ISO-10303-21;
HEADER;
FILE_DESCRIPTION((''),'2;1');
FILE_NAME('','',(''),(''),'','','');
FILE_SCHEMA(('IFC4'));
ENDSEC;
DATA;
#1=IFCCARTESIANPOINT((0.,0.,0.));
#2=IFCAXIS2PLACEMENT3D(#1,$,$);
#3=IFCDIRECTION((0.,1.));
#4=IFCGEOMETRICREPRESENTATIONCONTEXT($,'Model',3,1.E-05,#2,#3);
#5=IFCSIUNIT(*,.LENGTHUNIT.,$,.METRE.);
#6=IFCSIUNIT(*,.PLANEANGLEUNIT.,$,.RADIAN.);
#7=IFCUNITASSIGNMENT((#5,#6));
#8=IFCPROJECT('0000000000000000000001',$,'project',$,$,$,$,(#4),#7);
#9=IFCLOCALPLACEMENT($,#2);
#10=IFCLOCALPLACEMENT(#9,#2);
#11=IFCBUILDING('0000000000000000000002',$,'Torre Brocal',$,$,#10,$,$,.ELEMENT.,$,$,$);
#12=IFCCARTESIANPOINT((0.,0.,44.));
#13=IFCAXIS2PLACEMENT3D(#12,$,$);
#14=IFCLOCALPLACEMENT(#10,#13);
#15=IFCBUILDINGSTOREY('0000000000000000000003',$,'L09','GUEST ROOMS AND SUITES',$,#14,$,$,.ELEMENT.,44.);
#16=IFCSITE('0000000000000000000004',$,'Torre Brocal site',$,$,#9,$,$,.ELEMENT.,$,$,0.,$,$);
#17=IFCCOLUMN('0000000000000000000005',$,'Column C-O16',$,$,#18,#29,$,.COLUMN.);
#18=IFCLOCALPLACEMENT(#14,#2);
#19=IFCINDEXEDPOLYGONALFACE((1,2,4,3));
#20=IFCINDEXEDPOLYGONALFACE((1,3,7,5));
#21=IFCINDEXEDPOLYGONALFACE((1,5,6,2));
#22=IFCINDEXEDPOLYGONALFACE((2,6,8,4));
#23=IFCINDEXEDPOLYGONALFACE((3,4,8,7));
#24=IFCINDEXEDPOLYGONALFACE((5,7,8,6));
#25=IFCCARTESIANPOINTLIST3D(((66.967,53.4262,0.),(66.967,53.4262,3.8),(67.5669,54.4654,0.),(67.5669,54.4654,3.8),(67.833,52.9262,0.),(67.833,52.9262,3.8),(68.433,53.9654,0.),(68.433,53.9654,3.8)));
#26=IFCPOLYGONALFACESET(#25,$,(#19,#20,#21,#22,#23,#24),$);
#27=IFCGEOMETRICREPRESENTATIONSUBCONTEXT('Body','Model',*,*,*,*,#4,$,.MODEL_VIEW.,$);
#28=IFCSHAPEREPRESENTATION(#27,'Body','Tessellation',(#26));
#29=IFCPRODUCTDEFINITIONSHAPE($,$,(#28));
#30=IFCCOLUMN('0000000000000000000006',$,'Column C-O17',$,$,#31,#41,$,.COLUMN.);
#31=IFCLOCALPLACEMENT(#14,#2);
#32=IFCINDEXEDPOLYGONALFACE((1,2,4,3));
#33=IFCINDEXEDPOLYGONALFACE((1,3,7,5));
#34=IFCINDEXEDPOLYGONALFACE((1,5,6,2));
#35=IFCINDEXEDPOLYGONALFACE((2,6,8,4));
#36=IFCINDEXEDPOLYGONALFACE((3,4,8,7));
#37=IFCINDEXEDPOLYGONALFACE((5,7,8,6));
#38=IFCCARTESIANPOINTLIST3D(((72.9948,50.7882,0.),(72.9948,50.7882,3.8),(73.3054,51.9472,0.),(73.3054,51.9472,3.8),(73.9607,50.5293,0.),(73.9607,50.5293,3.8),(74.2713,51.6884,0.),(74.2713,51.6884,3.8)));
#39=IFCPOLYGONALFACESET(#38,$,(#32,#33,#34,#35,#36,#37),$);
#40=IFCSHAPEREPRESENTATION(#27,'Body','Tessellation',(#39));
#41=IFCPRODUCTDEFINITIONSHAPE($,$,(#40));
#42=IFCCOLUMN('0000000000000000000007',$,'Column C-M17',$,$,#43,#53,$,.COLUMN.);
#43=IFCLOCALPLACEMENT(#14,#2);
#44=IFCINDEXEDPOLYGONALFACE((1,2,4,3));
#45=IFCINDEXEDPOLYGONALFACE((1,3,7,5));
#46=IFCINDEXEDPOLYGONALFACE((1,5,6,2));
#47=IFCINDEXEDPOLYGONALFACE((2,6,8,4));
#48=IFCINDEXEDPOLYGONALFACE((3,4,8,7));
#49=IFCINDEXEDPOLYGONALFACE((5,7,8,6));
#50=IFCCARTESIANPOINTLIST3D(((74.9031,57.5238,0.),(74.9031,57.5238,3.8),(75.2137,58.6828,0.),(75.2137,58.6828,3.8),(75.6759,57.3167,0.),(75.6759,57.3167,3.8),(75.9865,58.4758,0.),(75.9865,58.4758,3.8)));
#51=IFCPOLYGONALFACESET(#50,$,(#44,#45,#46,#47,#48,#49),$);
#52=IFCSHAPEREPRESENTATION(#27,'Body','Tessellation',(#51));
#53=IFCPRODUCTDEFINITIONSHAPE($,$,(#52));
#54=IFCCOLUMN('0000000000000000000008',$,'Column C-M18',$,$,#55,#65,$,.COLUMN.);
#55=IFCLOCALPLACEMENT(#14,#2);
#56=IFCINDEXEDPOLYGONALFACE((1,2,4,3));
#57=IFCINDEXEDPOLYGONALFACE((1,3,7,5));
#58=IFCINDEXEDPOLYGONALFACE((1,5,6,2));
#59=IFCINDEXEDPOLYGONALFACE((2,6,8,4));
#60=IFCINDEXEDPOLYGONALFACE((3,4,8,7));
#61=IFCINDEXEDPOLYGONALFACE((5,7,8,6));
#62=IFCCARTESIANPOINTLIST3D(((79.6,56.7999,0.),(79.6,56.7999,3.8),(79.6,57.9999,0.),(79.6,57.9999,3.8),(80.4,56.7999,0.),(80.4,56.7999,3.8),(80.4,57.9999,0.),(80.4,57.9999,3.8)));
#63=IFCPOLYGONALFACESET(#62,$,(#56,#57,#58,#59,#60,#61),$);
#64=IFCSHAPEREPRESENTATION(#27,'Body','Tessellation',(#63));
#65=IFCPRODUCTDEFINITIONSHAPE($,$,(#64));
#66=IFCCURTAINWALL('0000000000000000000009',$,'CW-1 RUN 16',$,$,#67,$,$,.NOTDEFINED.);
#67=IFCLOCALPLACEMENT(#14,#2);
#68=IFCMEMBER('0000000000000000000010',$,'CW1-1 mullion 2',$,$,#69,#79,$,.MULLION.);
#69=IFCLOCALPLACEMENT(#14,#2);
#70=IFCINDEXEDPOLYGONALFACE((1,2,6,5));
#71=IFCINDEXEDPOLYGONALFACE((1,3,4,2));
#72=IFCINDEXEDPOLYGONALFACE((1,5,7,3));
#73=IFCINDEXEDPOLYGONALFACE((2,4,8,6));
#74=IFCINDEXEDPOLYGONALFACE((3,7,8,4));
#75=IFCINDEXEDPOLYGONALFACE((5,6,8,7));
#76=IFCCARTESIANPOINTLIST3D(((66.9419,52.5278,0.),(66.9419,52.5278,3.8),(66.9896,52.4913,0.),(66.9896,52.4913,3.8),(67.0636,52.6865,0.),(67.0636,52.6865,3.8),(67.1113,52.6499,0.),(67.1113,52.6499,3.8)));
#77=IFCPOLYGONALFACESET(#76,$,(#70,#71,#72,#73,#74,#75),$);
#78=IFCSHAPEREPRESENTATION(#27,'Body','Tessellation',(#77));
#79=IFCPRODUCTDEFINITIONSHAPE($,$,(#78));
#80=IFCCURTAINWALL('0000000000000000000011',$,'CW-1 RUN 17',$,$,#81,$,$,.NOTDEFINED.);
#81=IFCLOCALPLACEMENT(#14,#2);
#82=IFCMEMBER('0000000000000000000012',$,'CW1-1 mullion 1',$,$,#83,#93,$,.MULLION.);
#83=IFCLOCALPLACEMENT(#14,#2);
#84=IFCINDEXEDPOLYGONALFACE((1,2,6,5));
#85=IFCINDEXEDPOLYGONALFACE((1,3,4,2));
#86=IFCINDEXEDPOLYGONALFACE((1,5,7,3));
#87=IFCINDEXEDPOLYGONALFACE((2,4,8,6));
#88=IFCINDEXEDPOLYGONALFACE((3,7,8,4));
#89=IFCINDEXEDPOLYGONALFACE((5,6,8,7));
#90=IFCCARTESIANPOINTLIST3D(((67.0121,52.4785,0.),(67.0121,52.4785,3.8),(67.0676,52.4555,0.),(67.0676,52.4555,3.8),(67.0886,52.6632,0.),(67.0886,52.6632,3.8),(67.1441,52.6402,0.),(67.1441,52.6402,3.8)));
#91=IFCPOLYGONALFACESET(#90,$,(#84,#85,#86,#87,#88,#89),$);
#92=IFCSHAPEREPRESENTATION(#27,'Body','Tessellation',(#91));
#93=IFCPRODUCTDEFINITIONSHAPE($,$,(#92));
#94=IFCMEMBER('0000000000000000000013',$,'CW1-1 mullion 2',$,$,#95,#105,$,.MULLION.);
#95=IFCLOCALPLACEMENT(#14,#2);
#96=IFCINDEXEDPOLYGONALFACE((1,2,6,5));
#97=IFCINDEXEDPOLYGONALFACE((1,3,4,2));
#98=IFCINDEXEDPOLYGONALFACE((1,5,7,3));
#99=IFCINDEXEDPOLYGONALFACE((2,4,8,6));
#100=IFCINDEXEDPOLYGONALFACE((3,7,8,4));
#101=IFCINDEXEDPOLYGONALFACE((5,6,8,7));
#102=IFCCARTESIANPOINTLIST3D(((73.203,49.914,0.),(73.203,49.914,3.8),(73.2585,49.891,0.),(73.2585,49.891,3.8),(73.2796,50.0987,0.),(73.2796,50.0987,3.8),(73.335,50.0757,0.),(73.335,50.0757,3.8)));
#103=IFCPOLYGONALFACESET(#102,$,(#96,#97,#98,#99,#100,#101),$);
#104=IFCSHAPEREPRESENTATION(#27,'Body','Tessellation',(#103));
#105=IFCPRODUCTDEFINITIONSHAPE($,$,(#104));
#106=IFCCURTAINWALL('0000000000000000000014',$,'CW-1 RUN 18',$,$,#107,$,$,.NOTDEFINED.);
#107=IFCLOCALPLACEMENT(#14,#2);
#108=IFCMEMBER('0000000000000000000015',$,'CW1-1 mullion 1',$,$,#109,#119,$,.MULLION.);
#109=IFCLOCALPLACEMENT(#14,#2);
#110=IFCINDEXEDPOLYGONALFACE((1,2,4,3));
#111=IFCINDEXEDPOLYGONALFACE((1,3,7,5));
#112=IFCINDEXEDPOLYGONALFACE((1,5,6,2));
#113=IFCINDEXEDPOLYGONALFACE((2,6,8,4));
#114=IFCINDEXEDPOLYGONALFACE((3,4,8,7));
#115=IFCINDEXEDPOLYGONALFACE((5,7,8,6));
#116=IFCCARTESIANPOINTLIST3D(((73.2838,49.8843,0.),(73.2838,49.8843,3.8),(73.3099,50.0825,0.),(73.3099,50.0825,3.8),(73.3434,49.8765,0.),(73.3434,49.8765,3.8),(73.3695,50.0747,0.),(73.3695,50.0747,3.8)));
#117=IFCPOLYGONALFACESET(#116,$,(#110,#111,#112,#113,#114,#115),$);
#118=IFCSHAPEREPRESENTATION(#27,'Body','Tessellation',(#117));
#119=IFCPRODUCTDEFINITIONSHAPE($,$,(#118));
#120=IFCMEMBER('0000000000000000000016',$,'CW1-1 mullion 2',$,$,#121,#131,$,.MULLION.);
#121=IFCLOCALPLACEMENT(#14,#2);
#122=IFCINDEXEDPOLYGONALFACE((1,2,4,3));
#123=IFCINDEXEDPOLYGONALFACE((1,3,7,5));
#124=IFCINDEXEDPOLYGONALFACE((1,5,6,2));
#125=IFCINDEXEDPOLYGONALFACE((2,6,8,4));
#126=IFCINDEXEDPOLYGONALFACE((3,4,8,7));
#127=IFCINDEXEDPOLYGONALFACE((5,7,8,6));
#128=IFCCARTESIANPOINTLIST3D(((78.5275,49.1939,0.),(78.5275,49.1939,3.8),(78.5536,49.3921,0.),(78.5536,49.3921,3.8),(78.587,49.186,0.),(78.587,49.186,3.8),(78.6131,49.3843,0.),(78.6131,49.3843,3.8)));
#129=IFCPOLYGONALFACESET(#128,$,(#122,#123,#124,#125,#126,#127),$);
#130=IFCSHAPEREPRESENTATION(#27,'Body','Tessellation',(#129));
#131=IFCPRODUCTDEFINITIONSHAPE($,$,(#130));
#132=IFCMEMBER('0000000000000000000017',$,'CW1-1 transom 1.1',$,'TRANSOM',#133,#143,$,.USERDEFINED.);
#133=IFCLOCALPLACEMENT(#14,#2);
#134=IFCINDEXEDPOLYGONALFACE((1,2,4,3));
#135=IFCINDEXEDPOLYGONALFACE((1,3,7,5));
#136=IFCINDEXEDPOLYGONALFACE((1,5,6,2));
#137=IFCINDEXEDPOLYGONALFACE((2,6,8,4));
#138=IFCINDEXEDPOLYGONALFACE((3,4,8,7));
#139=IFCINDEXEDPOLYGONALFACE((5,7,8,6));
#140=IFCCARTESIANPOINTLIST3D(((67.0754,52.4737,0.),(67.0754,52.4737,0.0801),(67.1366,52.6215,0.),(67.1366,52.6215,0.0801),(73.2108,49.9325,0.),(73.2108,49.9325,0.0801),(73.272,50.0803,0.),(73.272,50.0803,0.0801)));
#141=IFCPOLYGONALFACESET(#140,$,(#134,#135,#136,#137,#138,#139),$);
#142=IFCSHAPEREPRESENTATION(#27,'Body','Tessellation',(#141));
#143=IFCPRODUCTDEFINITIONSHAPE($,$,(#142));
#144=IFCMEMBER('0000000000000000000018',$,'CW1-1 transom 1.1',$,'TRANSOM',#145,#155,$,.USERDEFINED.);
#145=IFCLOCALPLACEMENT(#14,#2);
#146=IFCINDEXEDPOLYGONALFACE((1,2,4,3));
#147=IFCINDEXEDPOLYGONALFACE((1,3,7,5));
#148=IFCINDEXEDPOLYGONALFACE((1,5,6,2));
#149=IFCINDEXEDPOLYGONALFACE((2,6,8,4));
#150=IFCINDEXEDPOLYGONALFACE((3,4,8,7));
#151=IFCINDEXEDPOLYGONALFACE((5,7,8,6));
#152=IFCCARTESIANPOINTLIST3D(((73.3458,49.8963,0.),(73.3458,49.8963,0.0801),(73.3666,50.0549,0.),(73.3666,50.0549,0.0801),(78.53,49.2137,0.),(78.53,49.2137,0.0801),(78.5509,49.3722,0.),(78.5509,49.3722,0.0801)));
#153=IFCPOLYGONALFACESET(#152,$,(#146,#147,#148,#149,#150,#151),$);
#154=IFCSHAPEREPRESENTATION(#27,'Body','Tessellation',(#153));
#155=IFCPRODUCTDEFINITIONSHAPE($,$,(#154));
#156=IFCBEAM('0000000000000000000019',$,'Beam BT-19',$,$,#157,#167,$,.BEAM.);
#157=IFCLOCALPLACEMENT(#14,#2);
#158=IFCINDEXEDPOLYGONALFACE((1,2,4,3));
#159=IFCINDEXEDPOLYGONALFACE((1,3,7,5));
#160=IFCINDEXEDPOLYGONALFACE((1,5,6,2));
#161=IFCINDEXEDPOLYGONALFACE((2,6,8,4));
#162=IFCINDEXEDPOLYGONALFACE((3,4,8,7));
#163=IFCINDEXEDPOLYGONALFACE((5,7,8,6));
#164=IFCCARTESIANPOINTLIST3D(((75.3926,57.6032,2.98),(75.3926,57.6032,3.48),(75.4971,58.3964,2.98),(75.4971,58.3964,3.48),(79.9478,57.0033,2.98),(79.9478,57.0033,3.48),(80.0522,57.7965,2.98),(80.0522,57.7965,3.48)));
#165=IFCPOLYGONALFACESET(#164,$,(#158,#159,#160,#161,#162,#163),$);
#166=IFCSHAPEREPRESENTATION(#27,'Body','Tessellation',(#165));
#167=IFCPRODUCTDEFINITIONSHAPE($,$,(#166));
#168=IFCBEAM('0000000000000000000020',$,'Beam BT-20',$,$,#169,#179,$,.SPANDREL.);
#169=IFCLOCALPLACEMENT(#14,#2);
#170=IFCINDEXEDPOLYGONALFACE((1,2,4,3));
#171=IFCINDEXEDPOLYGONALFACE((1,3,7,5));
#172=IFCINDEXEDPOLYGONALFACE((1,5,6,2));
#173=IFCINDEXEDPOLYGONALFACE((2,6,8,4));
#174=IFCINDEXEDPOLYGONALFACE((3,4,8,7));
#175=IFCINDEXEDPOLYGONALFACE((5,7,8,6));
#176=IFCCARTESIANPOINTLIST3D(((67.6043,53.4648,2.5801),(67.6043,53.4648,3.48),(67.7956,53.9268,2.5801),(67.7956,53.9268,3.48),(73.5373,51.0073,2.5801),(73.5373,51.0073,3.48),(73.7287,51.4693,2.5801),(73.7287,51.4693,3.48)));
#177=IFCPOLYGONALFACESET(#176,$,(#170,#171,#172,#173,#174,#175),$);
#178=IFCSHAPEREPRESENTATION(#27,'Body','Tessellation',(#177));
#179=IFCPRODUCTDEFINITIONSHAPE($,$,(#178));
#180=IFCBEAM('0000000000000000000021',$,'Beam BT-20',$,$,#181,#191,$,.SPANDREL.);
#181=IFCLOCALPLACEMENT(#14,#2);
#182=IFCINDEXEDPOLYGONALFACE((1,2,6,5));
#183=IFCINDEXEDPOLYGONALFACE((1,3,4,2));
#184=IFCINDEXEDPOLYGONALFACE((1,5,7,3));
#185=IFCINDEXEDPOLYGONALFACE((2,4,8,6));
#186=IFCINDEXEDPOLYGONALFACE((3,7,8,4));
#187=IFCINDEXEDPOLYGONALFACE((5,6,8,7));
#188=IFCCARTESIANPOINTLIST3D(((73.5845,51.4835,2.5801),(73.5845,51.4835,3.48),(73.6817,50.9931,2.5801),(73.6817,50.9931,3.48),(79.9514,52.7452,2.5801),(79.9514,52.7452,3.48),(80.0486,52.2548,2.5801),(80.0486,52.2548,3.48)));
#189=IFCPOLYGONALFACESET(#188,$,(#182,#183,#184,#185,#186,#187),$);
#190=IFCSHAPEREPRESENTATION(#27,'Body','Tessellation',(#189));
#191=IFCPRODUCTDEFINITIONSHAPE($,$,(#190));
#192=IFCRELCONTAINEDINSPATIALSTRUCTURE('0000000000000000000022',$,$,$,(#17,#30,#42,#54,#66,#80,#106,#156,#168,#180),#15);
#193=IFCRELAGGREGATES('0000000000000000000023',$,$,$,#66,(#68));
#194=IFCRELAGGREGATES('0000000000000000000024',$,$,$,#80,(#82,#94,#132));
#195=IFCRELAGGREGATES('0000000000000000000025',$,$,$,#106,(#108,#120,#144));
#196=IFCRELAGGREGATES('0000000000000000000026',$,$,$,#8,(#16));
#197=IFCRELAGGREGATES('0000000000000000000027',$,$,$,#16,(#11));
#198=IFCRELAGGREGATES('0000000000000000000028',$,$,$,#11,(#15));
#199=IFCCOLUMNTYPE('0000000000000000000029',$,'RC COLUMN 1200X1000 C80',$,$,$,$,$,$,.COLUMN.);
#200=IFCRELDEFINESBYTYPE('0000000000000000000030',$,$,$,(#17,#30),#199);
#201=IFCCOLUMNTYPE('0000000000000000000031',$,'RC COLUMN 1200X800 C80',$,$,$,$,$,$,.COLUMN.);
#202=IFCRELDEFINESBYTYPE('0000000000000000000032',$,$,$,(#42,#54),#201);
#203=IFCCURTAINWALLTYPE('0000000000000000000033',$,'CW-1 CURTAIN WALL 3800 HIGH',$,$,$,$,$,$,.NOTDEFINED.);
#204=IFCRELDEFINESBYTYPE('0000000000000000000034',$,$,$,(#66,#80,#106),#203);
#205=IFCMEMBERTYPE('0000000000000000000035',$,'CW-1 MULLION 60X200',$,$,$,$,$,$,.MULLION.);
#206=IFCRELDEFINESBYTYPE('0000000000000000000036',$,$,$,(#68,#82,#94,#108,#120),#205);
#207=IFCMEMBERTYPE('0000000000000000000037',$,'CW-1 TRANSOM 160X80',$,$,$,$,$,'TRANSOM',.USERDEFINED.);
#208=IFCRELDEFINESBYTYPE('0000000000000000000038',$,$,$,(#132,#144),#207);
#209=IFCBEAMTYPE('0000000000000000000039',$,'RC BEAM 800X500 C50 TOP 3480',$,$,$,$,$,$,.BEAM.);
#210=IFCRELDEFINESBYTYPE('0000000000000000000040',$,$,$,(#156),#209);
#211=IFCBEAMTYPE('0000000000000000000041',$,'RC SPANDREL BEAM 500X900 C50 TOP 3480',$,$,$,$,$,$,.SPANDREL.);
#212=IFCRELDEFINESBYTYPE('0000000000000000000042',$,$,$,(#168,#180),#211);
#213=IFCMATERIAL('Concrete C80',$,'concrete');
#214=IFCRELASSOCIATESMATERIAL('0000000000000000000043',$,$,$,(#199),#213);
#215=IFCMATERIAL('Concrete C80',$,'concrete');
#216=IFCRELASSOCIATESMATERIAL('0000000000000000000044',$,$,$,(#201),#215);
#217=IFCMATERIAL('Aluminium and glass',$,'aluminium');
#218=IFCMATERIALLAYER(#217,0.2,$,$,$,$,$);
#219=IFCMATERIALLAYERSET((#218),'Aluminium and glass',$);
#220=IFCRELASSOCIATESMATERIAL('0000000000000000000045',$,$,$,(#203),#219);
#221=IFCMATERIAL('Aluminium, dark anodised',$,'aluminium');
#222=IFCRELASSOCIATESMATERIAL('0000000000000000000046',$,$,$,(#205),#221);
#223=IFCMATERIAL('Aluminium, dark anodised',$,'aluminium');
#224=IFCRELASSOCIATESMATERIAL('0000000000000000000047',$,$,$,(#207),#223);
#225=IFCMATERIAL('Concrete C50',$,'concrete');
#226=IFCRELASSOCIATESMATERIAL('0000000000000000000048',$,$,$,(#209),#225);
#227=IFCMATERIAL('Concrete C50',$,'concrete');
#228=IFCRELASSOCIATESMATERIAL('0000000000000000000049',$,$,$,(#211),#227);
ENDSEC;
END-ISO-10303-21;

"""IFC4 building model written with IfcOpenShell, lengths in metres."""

from ifc_helpers import new_model, si_unit, direction, frame, origin, origin_2d, place, context, subcontext, project, spatial, rectangle, extrude, material, layer, layer_set, material_profile, profile_set, type_object, element, aggregate, save


model = new_model("IFC4")

# Units and contexts
model_context = context("Model", 3, precision=1e-05, world=origin(), true_north=direction((0.0, 1.0)))
body_context = subcontext(model_context, "Body", "Model", "MODEL_VIEW")
ifc_project = project(units=[si_unit("LENGTHUNIT", "METRE"), si_unit("PLANEANGLEUNIT", "RADIAN")], contexts=[model_context])

# Site, building, storey
site_placement = place(None, origin())
site = spatial("IfcSite", under=ifc_project, at=site_placement, Name="Torre Brocal site", CompositionType="ELEMENT", RefElevation=0.0)
building_placement = place(site_placement, origin())
building = spatial("IfcBuilding", under=site, at=building_placement, Name="Torre Brocal", CompositionType="ELEMENT")
storey_placement = place(building_placement, frame((0.0, 0.0, 44.0)))
storey = spatial("IfcBuildingStorey", under=building, at=storey_placement, Name="L09", Description="GUEST ROOMS AND SUITES", CompositionType="ELEMENT", Elevation=44.0)

# Columns
ifc_material_1 = material(Name="Concrete C80", Category="concrete")
ifc_material_profile_1 = material_profile(ifc_material_1, rectangle(XDim=1.2, YDim=1.0, at=origin_2d()), Name="RC 1200X1000")
ifc_profile_set_1 = profile_set([ifc_material_profile_1], Name="Concrete C80")
column_type_1 = type_object("IfcColumnType", Name="RC COLUMN 1200X1000 C80", PredefinedType="COLUMN", material=ifc_profile_set_1)
for number, where, z_axis, x_axis, name in (
    (1, (67.7, 53.6958, 0.0), (0.0, 0.0, 1.0), (-0.5, -0.866025, 0.0), "Column C-O16"),
    (2, (73.6331, 51.2383, 0.0), (0.0, 0.0, 1.0), (-0.258819, -0.965926, 0.0), "Column C-O17"),
):
    element("IfcColumn", number, at=place(storey_placement, frame(where, z_axis=z_axis, x_axis=x_axis)), inside=storey, type_object=column_type_1, Name=name, PredefinedType="COLUMN", context=body_context, shape_type="SweptSolid", body=[
        extrude(rectangle(XDim=1.2, YDim=1.0, at=origin_2d()), origin(), (0.0, 0.0, 1.0), 3.8),
    ])
ifc_material_2 = material(Name="Concrete C80", Category="concrete")
ifc_material_profile_2 = material_profile(ifc_material_2, rectangle(XDim=1.2, YDim=0.8, at=origin_2d()), Name="RC 1200X800")
ifc_profile_set_2 = profile_set([ifc_material_profile_2], Name="Concrete C80")
column_type_2 = type_object("IfcColumnType", Name="RC COLUMN 1200X800 C80", PredefinedType="COLUMN", material=ifc_profile_set_2)
for number, where, z_axis, x_axis, name in (
    (3, (75.4448, 57.9998, 0.0), (0.0, 0.0, 1.0), (-0.258819, -0.965926, 0.0), "Column C-M17"),
    (4, (80.0, 57.3999, 0.0), (0.0, 0.0, 1.0), (0.0, -1.0, 0.0), "Column C-M18"),
):
    element("IfcColumn", number, at=place(storey_placement, frame(where, z_axis=z_axis, x_axis=x_axis)), inside=storey, type_object=column_type_2, Name=name, PredefinedType="COLUMN", context=body_context, shape_type="SweptSolid", body=[
        extrude(rectangle(XDim=1.2, YDim=0.8, at=origin_2d()), origin(), (0.0, 0.0, 1.0), 3.8),
    ])

# Curtain wall, member
ifc_material_3 = material(Name="Aluminium and glass", Category="aluminium")
ifc_layer_1 = layer(ifc_material_3, 0.2)
ifc_layer_set_1 = layer_set([ifc_layer_1], Name="Aluminium and glass")
curtain_wall_type = type_object("IfcCurtainWallType", Name="CW-1 CURTAIN WALL 3800 HIGH", PredefinedType="NOTDEFINED", material=ifc_layer_set_1)
curtain_wall_1_placement = place(storey_placement, origin())
curtain_wall_1 = element("IfcCurtainWall", 5, at=curtain_wall_1_placement, inside=storey, type_object=curtain_wall_type, Name="CW-1 RUN 16", PredefinedType="NOTDEFINED")
ifc_material_4 = material(Name="Aluminium, dark anodised", Category="aluminium")
ifc_material_profile_3 = material_profile(ifc_material_4, rectangle(XDim=0.2, YDim=0.0601, at=origin_2d()), Name="CW-1 MULLION 60X200")
ifc_profile_set_3 = profile_set([ifc_material_profile_3], Name="Aluminium, dark anodised")
member_type_1 = type_object("IfcMemberType", Name="CW-1 MULLION 60X200", PredefinedType="MULLION", material=ifc_profile_set_3)
member_1_placement = place(storey_placement, frame((67.0266, 52.5889, 0.0), z_axis=(0.0, 0.0, 1.0), x_axis=(0.608761, 0.793353, 0.0)))
member_1 = element("IfcMember", 6, at=member_1_placement, type_object=member_type_1, Name="CW1-1 mullion 2", PredefinedType="MULLION", context=body_context, shape_type="SweptSolid", body=[
    extrude(rectangle(XDim=0.2, YDim=0.0601, at=origin_2d()), origin(), (0.0, 0.0, 1.0), 3.8),
])
aggregate(curtain_wall_1, [member_1])

# Curtain walls, members
curtain_wall_2_placement = place(storey_placement, origin())
curtain_wall_2 = element("IfcCurtainWall", 7, at=curtain_wall_2_placement, inside=storey, type_object=curtain_wall_type, Name="CW-1 RUN 17", PredefinedType="NOTDEFINED")
member_2_placement = place(storey_placement, frame((67.0781, 52.5593, 0.0), z_axis=(0.0, 0.0, 1.0), x_axis=(0.382683, 0.92388, 0.0)))
member_2 = element("IfcMember", 8, at=member_2_placement, type_object=member_type_1, Name="CW1-1 mullion 1", PredefinedType="MULLION", context=body_context, shape_type="SweptSolid", body=[
    extrude(rectangle(XDim=0.2, YDim=0.0601, at=origin_2d()), origin(), (0.0, 0.0, 1.0), 3.8),
])
member_3_placement = place(storey_placement, frame((73.269, 49.9949, 0.0), z_axis=(0.0, 0.0, 1.0), x_axis=(0.382683, 0.92388, 0.0)))
member_3 = element("IfcMember", 9, at=member_3_placement, type_object=member_type_1, Name="CW1-1 mullion 2", PredefinedType="MULLION", context=body_context, shape_type="SweptSolid", body=[
    extrude(rectangle(XDim=0.2, YDim=0.0601, at=origin_2d()), origin(), (0.0, 0.0, 1.0), 3.8),
])
curtain_wall_3_placement = place(storey_placement, origin())
curtain_wall_3 = element("IfcCurtainWall", 10, at=curtain_wall_3_placement, inside=storey, type_object=curtain_wall_type, Name="CW-1 RUN 18", PredefinedType="NOTDEFINED")
member_4_placement = place(storey_placement, frame((73.3267, 49.9795, 0.0), z_axis=(0.0, 0.0, 1.0), x_axis=(0.130526, 0.991445, 0.0)))
member_4 = element("IfcMember", 11, at=member_4_placement, type_object=member_type_1, Name="CW1-1 mullion 1", PredefinedType="MULLION", context=body_context, shape_type="SweptSolid", body=[
    extrude(rectangle(XDim=0.2, YDim=0.0601, at=origin_2d()), origin(), (0.0, 0.0, 1.0), 3.8),
])
member_5_placement = place(storey_placement, frame((78.5703, 49.2891, 0.0), z_axis=(0.0, 0.0, 1.0), x_axis=(0.130526, 0.991445, 0.0)))
member_5 = element("IfcMember", 12, at=member_5_placement, type_object=member_type_1, Name="CW1-1 mullion 2", PredefinedType="MULLION", context=body_context, shape_type="SweptSolid", body=[
    extrude(rectangle(XDim=0.2, YDim=0.0601, at=origin_2d()), origin(), (0.0, 0.0, 1.0), 3.8),
])

# Members
ifc_material_5 = material(Name="Aluminium, dark anodised", Category="aluminium")
ifc_material_profile_4 = material_profile(ifc_material_5, rectangle(XDim=0.1599, YDim=0.0801, at=origin_2d()), Name="CW-1 TRANSOM 160X80")
ifc_profile_set_4 = profile_set([ifc_material_profile_4], Name="Aluminium, dark anodised")
member_type_2 = type_object("IfcMemberType", Name="CW-1 TRANSOM 160X80", ElementType="TRANSOM", PredefinedType="USERDEFINED", material=ifc_profile_set_4)
member_6_placement = place(storey_placement, frame((67.106, 52.5476, 0.04), z_axis=(0.923887, -0.382665, 0.0), x_axis=(0.382665, 0.923887, 0.0)))
member_6 = element("IfcMember", 13, at=member_6_placement, type_object=member_type_2, Name="CW1-1 transom 1.1", ObjectType="TRANSOM", PredefinedType="USERDEFINED", context=body_context, shape_type="SweptSolid", body=[
    extrude(rectangle(XDim=0.1599, YDim=0.0801, at=origin_2d()), origin(), (0.0, 0.0, 1.0), 6.6409),
])
member_7_placement = place(storey_placement, frame((73.3562, 49.9756, 0.04), z_axis=(0.991443, -0.130543, 0.0), x_axis=(0.130543, 0.991443, 0.0)))
member_7 = element("IfcMember", 14, at=member_7_placement, type_object=member_type_2, Name="CW1-1 transom 1.1", ObjectType="TRANSOM", PredefinedType="USERDEFINED", context=body_context, shape_type="SweptSolid", body=[
    extrude(rectangle(XDim=0.1599, YDim=0.0801, at=origin_2d()), origin(), (0.0, 0.0, 1.0), 5.229),
])

# Beams
ifc_material_6 = material(Name="Concrete C50", Category="concrete")
ifc_material_profile_5 = material_profile(ifc_material_6, rectangle(XDim=0.8, YDim=0.5, at=origin_2d()), Name="RC 800X500")
ifc_profile_set_5 = profile_set([ifc_material_profile_5], Name="Concrete C50")
beam_type_1 = type_object("IfcBeamType", Name="RC BEAM 800X500 C50 TOP 3480", PredefinedType="BEAM", material=ifc_profile_set_5)
beam_1_placement = place(storey_placement, frame((75.4448, 57.9998, 3.23), z_axis=(0.991441, -0.130559, 0.0), x_axis=(0.130559, 0.991441, 0.0)))
element("IfcBeam", 15, at=beam_1_placement, inside=storey, type_object=beam_type_1, Name="Beam BT-19", PredefinedType="BEAM", context=body_context, shape_type="SweptSolid", body=[
    extrude(rectangle(XDim=0.8, YDim=0.5, at=origin_2d()), origin(), (0.0, 0.0, 1.0), 4.5945),
])
ifc_material_7 = material(Name="Concrete C50", Category="concrete")
ifc_material_profile_6 = material_profile(ifc_material_7, rectangle(XDim=0.5, YDim=0.8999, at=origin_2d()), Name="RC 500X900")
ifc_profile_set_6 = profile_set([ifc_material_profile_6], Name="Concrete C50")
beam_type_2 = type_object("IfcBeamType", Name="RC SPANDREL BEAM 500X900 C50 TOP 3480", PredefinedType="SPANDREL", material=ifc_profile_set_6)
beam_2_placement = place(storey_placement, frame((67.7, 53.6958, 3.03), z_axis=(0.923882, -0.382676, 0.0), x_axis=(0.382676, 0.923882, 0.0)))
element("IfcBeam", 16, at=beam_2_placement, inside=storey, type_object=beam_type_2, Name="Beam BT-20", PredefinedType="SPANDREL", context=body_context, shape_type="SweptSolid", body=[
    extrude(rectangle(XDim=0.5, YDim=0.8999, at=origin_2d()), origin(), (0.0, 0.0, 1.0), 6.4219),
])
beam_3_placement = place(storey_placement, frame((73.6331, 51.2383, 3.03), z_axis=(0.980925, 0.194387, 0.0), x_axis=(-0.194387, 0.980925, 0.0)))
element("IfcBeam", 17, at=beam_3_placement, inside=storey, type_object=beam_type_2, Name="Beam BT-20", PredefinedType="SPANDREL", context=body_context, shape_type="SweptSolid", body=[
    extrude(rectangle(XDim=0.5, YDim=0.8999, at=origin_2d()), origin(), (0.0, 0.0, 1.0), 6.4907),
])

aggregate(curtain_wall_2, [member_2, member_3, member_6])
aggregate(curtain_wall_3, [member_4, member_5, member_7])

save(model, "model.ifc")
